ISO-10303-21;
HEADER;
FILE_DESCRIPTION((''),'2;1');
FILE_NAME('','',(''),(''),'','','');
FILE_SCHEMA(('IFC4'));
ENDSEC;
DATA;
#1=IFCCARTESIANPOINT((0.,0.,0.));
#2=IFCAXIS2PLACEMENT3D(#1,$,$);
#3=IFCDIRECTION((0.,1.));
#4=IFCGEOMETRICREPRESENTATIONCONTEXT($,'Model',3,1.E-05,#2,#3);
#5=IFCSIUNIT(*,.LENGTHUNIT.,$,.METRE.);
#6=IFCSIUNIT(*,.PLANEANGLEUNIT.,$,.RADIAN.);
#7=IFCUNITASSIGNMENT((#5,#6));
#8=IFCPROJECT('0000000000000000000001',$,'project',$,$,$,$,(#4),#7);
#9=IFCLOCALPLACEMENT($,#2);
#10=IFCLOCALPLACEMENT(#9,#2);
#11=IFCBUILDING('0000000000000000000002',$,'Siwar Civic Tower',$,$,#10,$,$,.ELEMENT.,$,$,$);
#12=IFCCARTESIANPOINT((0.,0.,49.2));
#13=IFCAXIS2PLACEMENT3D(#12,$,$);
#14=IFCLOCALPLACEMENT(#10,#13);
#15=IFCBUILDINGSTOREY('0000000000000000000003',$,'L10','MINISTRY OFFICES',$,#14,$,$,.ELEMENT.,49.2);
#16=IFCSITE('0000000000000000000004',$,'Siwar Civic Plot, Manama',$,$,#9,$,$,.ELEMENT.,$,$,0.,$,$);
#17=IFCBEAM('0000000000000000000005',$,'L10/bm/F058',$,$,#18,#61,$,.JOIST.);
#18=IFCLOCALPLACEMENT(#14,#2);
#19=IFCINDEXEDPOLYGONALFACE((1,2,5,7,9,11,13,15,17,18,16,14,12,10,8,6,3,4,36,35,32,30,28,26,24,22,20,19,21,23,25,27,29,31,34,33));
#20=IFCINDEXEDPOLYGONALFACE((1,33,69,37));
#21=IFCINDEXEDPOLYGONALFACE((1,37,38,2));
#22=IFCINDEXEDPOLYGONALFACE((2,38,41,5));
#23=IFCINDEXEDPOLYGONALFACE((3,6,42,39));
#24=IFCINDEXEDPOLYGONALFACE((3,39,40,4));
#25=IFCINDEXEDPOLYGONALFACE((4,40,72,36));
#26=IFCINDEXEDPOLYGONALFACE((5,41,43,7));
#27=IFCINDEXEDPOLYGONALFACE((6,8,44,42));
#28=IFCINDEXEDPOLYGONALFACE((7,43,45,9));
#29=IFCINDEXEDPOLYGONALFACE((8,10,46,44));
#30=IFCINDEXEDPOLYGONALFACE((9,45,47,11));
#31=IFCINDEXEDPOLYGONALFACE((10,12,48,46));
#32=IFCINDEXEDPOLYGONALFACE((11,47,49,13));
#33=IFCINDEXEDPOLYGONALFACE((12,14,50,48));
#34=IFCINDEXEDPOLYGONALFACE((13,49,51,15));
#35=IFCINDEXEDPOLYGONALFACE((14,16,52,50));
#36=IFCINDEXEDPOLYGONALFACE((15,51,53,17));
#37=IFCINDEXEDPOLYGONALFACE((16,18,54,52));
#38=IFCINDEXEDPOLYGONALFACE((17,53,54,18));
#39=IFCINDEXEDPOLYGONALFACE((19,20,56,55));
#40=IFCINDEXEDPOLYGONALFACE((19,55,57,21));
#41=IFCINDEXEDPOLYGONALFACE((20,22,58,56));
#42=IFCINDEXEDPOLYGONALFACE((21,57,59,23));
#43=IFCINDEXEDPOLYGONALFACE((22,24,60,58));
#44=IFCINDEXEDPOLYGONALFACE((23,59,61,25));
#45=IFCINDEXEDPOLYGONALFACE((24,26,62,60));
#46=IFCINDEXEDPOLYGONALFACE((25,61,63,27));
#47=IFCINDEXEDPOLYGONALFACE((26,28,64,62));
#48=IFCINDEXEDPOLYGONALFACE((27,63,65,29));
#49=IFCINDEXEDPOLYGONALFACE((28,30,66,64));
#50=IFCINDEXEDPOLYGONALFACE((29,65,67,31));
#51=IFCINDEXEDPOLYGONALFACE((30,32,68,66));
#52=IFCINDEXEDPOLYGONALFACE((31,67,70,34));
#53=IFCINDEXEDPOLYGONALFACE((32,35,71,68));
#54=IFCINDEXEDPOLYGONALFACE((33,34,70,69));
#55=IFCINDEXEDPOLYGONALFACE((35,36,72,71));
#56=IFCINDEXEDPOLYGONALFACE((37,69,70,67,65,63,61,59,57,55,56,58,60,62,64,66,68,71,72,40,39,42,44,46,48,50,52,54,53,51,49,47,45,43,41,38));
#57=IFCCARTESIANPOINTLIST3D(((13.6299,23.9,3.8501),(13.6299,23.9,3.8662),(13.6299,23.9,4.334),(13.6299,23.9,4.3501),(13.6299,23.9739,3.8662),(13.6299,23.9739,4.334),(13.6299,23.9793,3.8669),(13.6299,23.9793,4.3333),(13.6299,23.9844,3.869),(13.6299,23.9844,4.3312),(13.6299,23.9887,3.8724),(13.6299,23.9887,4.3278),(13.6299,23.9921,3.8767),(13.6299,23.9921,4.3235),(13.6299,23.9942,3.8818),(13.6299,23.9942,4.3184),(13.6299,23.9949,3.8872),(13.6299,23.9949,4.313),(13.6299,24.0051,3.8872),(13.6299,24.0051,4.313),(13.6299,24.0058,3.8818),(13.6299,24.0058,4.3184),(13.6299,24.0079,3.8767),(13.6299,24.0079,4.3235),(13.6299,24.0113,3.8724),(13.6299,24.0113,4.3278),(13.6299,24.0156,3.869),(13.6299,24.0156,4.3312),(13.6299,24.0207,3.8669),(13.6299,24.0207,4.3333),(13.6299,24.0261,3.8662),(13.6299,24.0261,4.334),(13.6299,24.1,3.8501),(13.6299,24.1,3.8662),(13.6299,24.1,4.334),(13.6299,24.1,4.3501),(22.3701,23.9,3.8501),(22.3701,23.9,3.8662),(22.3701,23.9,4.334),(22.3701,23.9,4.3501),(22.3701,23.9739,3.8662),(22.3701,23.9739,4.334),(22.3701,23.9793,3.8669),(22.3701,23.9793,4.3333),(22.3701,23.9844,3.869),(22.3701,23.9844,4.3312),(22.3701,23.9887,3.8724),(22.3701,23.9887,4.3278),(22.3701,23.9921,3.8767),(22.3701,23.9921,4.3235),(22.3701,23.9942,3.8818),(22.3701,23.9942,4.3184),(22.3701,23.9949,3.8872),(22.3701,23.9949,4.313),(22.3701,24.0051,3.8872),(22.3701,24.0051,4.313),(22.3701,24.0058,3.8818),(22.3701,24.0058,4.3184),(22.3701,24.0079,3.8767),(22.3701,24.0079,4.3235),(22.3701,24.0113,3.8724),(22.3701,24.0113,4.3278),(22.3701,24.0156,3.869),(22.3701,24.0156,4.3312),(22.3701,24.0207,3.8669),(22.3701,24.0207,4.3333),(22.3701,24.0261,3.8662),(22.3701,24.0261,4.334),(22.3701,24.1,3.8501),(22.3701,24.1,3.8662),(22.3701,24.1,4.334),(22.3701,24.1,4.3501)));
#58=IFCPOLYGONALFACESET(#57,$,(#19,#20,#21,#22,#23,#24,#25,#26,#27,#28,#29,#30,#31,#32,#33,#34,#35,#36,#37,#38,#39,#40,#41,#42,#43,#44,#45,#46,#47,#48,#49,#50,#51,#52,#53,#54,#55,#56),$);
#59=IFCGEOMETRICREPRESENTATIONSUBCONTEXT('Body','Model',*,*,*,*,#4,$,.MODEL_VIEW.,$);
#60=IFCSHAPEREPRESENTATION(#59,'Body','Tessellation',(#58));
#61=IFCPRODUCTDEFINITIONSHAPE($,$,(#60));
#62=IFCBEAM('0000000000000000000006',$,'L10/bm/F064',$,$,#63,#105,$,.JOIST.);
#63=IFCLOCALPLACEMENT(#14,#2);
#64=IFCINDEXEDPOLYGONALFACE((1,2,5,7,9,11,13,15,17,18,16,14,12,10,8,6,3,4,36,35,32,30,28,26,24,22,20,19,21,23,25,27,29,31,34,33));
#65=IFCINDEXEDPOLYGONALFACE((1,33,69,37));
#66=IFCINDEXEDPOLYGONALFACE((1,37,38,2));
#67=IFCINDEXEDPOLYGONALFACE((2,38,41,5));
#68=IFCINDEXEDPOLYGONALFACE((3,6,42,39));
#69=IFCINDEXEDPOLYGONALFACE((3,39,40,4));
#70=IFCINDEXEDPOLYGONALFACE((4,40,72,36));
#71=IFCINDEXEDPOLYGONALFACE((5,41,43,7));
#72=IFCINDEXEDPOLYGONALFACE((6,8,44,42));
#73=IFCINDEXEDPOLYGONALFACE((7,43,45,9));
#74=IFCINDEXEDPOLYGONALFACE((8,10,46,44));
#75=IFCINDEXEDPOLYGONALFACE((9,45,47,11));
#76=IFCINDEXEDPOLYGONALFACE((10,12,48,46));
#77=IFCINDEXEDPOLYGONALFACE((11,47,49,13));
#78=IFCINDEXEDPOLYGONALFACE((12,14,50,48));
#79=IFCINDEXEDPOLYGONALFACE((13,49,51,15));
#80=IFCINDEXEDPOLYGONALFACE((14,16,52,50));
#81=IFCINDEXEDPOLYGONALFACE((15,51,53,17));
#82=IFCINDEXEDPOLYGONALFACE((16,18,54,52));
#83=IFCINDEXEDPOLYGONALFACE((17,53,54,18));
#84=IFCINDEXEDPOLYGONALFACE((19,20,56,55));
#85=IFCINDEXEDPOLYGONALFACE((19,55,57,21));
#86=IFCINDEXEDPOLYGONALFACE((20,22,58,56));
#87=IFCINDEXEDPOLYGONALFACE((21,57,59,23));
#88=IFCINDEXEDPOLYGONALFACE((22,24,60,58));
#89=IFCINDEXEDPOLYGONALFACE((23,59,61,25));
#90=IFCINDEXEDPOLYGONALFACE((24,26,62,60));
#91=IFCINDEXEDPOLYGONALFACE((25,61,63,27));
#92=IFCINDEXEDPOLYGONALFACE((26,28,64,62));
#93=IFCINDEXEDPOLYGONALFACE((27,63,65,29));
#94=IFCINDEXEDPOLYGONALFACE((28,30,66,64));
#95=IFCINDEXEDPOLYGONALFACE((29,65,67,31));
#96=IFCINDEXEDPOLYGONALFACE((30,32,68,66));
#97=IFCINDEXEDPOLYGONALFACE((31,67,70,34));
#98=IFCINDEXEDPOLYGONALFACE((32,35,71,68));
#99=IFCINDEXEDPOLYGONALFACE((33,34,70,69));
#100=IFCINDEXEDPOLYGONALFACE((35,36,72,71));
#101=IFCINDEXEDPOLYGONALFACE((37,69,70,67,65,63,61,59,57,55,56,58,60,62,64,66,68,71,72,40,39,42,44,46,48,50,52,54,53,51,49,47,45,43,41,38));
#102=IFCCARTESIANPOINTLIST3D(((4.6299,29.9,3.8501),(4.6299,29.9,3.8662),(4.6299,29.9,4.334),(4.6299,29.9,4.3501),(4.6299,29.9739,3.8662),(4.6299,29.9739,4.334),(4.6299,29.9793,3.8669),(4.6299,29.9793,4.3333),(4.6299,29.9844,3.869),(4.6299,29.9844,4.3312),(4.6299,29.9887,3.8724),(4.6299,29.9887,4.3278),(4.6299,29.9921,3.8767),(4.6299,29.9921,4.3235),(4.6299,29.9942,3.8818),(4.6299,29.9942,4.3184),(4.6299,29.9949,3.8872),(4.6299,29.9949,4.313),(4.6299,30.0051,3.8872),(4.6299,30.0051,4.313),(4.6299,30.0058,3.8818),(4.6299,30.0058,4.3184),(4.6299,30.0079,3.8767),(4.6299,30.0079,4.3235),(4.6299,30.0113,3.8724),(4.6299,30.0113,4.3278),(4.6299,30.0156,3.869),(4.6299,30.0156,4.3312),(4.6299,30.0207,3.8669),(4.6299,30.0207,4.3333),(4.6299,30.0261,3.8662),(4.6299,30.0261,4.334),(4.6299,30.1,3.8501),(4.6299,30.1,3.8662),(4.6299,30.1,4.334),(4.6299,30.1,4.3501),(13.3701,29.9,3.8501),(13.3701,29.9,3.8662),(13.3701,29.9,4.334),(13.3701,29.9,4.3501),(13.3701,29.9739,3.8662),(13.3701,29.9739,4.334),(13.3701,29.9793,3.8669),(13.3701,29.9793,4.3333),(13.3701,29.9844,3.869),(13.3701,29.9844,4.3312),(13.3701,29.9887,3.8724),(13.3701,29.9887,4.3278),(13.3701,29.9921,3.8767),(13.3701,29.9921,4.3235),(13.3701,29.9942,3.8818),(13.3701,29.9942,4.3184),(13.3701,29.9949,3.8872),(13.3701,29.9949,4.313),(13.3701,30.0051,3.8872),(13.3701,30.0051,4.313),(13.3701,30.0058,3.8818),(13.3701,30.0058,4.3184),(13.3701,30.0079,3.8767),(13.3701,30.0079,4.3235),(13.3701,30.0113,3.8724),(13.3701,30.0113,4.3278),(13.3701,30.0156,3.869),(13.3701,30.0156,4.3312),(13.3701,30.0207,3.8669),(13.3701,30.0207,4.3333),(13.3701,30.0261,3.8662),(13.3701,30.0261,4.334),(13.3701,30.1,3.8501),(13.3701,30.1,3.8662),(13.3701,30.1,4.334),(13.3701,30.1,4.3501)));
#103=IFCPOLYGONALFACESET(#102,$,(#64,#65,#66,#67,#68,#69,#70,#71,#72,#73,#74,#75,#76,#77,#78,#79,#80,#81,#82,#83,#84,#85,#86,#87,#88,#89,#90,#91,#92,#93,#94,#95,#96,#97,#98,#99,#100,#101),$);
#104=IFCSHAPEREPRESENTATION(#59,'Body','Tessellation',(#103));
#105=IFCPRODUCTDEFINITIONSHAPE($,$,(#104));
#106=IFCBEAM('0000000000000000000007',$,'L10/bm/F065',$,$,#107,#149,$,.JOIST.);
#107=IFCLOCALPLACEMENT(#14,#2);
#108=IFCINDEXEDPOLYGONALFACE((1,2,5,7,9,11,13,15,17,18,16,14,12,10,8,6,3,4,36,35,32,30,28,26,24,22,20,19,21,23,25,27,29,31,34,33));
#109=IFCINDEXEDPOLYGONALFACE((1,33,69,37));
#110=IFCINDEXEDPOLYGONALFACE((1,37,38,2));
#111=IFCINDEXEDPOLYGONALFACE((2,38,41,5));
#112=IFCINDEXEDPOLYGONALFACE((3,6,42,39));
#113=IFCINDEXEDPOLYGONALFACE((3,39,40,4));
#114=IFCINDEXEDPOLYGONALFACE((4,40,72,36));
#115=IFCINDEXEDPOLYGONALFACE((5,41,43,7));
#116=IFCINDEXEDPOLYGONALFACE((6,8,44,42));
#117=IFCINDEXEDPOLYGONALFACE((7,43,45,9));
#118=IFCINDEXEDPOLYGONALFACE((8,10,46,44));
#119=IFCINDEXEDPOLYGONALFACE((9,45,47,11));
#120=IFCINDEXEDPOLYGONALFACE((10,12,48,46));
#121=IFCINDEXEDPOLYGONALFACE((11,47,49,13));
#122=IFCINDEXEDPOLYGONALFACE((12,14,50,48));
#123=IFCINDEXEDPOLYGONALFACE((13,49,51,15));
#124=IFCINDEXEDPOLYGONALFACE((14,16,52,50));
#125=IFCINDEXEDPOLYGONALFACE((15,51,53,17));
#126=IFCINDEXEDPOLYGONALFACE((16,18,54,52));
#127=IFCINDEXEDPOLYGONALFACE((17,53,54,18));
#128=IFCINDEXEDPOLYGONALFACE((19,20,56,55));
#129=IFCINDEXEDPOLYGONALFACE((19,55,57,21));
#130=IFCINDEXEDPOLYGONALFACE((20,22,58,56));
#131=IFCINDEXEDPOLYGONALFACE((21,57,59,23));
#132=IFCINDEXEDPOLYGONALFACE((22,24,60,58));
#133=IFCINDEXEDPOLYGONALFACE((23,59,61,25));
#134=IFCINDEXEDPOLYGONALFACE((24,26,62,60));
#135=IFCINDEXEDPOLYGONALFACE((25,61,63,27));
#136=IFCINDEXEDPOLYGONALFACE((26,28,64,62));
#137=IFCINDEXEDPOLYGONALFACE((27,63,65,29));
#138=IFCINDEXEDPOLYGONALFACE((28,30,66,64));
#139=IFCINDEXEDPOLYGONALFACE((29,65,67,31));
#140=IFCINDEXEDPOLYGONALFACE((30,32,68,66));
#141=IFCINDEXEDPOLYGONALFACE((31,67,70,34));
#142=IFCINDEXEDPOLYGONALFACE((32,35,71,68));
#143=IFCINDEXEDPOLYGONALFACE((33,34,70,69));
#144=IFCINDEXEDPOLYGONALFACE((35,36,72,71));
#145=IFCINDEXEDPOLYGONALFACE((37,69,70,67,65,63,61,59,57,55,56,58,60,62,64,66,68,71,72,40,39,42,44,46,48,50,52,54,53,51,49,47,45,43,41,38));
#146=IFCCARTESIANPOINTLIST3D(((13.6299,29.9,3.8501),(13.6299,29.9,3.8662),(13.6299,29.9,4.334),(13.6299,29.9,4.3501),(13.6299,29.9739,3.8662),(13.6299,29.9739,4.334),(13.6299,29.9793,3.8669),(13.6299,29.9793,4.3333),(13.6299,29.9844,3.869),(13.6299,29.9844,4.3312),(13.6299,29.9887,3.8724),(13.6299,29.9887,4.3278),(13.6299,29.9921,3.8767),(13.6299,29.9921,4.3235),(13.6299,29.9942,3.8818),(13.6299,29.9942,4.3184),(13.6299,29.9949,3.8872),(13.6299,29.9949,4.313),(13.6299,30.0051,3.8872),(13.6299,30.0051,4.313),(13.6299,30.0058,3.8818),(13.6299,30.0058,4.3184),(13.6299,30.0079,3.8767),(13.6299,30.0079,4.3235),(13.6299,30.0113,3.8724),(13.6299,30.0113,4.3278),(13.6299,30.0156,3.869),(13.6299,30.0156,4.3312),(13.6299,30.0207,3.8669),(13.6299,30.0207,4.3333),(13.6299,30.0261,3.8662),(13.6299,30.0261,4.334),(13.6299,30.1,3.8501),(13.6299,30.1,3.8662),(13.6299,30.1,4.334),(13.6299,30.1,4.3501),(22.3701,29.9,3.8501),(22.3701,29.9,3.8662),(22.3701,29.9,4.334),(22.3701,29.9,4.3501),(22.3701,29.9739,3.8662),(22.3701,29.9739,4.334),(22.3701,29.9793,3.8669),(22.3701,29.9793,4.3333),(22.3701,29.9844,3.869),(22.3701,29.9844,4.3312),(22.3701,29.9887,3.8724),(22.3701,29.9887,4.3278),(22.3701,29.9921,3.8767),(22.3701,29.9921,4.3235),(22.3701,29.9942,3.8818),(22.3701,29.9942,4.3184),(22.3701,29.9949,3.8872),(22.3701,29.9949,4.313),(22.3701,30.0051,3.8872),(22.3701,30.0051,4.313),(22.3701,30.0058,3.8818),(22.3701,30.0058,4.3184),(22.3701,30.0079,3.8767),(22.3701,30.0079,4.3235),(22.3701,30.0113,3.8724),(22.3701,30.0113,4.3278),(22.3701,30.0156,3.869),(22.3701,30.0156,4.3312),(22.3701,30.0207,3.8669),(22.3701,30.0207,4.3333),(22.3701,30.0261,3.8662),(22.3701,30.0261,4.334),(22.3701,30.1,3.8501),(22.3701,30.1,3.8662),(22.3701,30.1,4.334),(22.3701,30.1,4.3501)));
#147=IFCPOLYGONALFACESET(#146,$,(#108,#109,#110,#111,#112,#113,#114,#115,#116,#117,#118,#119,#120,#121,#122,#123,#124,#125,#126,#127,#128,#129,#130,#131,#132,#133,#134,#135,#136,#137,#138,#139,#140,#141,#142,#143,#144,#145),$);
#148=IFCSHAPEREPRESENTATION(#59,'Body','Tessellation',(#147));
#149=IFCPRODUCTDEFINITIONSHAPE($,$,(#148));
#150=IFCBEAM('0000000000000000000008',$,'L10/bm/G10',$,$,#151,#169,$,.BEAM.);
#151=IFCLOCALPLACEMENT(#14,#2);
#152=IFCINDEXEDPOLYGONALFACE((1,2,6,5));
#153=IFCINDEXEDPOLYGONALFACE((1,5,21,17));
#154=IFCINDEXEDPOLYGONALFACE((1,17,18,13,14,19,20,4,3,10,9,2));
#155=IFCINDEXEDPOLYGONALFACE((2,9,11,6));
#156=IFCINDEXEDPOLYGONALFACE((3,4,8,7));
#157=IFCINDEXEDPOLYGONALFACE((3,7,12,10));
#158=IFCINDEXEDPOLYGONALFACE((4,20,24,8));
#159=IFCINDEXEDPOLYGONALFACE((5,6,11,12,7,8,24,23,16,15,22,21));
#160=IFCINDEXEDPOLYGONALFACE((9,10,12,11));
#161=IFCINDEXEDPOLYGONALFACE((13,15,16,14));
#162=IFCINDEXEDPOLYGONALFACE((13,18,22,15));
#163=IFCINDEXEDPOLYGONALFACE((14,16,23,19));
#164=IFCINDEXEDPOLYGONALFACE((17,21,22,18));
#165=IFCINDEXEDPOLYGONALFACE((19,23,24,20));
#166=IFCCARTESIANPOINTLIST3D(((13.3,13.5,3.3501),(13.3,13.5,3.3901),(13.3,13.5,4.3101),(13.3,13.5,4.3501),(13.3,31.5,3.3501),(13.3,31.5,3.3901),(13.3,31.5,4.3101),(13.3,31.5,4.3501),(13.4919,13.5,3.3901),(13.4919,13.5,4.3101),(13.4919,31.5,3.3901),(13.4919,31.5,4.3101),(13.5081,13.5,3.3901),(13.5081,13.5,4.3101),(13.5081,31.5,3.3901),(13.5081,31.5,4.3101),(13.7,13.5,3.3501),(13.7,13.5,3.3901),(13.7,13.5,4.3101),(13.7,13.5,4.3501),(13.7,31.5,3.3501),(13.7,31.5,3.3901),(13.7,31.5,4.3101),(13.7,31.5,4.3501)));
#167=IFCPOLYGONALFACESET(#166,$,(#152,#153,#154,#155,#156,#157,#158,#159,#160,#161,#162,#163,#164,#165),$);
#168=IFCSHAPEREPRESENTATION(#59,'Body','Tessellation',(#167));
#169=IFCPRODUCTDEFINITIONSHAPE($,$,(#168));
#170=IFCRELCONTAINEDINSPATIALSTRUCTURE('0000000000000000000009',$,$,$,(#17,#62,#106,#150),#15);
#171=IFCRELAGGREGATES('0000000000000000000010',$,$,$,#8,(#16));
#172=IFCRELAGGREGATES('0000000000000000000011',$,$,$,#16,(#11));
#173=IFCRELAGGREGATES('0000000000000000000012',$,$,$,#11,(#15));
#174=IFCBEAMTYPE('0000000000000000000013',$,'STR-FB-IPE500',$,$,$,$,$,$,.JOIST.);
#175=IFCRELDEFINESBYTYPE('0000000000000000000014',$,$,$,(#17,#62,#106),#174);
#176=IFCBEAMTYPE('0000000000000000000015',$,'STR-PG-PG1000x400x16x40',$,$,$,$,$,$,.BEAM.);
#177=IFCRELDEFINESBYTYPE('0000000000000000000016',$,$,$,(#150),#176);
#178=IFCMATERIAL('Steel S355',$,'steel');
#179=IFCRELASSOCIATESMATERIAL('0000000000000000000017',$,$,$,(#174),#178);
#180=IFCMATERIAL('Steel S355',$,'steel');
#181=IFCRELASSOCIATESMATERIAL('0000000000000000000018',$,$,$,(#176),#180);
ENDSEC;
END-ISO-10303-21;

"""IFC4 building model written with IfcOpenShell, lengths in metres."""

from ifc_helpers import new_model, si_unit, direction, frame, origin, origin_2d, place, context, subcontext, project, spatial, i_section, extrude, material, material_profile, profile_set, type_object, element, save


model = new_model("IFC4")

# Units and contexts
model_context = context("Model", 3, precision=1e-05, world=origin(), true_north=direction((0.0, 1.0)))
body_context = subcontext(model_context, "Body", "Model", "MODEL_VIEW")
ifc_project = project(units=[si_unit("LENGTHUNIT", "METRE"), si_unit("PLANEANGLEUNIT", "RADIAN")], contexts=[model_context])

# Site, building, storey
site_placement = place(None, origin())
site = spatial("IfcSite", under=ifc_project, at=site_placement, Name="Siwar Civic Plot, Manama", CompositionType="ELEMENT", RefElevation=0.0)
building_placement = place(site_placement, origin())
building = spatial("IfcBuilding", under=site, at=building_placement, Name="Siwar Civic Tower", CompositionType="ELEMENT")
storey_placement = place(building_placement, frame((0.0, 0.0, 49.2)))
storey = spatial("IfcBuildingStorey", under=building, at=storey_placement, Name="L10", Description="MINISTRY OFFICES", CompositionType="ELEMENT", Elevation=49.2)

# Beams
ifc_material_1 = material(Name="Steel S355", Category="steel")
ifc_material_profile_1 = material_profile(ifc_material_1, i_section(OverallWidth=0.2, OverallDepth=0.5, WebThickness=0.0103, FlangeThickness=0.0161, FilletRadius=0.021, at=origin_2d()), Name="IPE500")
ifc_profile_set_1 = profile_set([ifc_material_profile_1], Name="Steel S355")
beam_type_1 = type_object("IfcBeamType", Name="STR-FB-IPE500", PredefinedType="JOIST", material=ifc_profile_set_1)
for number, where, z_axis, x_axis, name in (
    (1, (13.6299, 24.0, 4.1001), (1.0, 0.0, 0.0), (0.0, 1.0, 0.0), "L10/bm/F058"),
    (2, (4.6299, 30.0, 4.1001), (1.0, 0.0, 0.0), (0.0, 1.0, 0.0), "L10/bm/F064"),
    (3, (13.6299, 30.0, 4.1001), (1.0, 0.0, 0.0), (0.0, 1.0, 0.0), "L10/bm/F065"),
):
    element("IfcBeam", number, at=place(storey_placement, frame(where, z_axis=z_axis, x_axis=x_axis)), inside=storey, type_object=beam_type_1, Name=name, PredefinedType="JOIST", context=body_context, shape_type="SweptSolid", body=[
        extrude(i_section(OverallWidth=0.2, OverallDepth=0.5, WebThickness=0.0103, FlangeThickness=0.0161, FilletRadius=0.021, at=origin_2d()), origin(), (0.0, 0.0, 1.0), 8.7402),
    ])
ifc_material_2 = material(Name="Steel S355", Category="steel")
ifc_material_profile_2 = material_profile(ifc_material_2, i_section(OverallWidth=0.3999, OverallDepth=1.0, WebThickness=0.0161, FlangeThickness=0.04, at=origin_2d()), Name="PG1000x400x16x40")
ifc_profile_set_2 = profile_set([ifc_material_profile_2], Name="Steel S355")
beam_type_2 = type_object("IfcBeamType", Name="STR-PG-PG1000x400x16x40", PredefinedType="BEAM", material=ifc_profile_set_2)
beam_1_placement = place(storey_placement, frame((13.5, 13.5, 3.8501), z_axis=(0.0, 1.0, 0.0), x_axis=(-1.0, 0.0, 0.0)))
element("IfcBeam", 4, at=beam_1_placement, inside=storey, type_object=beam_type_2, Name="L10/bm/G10", PredefinedType="BEAM", context=body_context, shape_type="SweptSolid", body=[
    extrude(i_section(OverallWidth=0.3999, OverallDepth=1.0, WebThickness=0.0161, FlangeThickness=0.04, at=origin_2d()), origin(), (0.0, 0.0, 1.0), 18.0),
])

save(model, "model.ifc")
